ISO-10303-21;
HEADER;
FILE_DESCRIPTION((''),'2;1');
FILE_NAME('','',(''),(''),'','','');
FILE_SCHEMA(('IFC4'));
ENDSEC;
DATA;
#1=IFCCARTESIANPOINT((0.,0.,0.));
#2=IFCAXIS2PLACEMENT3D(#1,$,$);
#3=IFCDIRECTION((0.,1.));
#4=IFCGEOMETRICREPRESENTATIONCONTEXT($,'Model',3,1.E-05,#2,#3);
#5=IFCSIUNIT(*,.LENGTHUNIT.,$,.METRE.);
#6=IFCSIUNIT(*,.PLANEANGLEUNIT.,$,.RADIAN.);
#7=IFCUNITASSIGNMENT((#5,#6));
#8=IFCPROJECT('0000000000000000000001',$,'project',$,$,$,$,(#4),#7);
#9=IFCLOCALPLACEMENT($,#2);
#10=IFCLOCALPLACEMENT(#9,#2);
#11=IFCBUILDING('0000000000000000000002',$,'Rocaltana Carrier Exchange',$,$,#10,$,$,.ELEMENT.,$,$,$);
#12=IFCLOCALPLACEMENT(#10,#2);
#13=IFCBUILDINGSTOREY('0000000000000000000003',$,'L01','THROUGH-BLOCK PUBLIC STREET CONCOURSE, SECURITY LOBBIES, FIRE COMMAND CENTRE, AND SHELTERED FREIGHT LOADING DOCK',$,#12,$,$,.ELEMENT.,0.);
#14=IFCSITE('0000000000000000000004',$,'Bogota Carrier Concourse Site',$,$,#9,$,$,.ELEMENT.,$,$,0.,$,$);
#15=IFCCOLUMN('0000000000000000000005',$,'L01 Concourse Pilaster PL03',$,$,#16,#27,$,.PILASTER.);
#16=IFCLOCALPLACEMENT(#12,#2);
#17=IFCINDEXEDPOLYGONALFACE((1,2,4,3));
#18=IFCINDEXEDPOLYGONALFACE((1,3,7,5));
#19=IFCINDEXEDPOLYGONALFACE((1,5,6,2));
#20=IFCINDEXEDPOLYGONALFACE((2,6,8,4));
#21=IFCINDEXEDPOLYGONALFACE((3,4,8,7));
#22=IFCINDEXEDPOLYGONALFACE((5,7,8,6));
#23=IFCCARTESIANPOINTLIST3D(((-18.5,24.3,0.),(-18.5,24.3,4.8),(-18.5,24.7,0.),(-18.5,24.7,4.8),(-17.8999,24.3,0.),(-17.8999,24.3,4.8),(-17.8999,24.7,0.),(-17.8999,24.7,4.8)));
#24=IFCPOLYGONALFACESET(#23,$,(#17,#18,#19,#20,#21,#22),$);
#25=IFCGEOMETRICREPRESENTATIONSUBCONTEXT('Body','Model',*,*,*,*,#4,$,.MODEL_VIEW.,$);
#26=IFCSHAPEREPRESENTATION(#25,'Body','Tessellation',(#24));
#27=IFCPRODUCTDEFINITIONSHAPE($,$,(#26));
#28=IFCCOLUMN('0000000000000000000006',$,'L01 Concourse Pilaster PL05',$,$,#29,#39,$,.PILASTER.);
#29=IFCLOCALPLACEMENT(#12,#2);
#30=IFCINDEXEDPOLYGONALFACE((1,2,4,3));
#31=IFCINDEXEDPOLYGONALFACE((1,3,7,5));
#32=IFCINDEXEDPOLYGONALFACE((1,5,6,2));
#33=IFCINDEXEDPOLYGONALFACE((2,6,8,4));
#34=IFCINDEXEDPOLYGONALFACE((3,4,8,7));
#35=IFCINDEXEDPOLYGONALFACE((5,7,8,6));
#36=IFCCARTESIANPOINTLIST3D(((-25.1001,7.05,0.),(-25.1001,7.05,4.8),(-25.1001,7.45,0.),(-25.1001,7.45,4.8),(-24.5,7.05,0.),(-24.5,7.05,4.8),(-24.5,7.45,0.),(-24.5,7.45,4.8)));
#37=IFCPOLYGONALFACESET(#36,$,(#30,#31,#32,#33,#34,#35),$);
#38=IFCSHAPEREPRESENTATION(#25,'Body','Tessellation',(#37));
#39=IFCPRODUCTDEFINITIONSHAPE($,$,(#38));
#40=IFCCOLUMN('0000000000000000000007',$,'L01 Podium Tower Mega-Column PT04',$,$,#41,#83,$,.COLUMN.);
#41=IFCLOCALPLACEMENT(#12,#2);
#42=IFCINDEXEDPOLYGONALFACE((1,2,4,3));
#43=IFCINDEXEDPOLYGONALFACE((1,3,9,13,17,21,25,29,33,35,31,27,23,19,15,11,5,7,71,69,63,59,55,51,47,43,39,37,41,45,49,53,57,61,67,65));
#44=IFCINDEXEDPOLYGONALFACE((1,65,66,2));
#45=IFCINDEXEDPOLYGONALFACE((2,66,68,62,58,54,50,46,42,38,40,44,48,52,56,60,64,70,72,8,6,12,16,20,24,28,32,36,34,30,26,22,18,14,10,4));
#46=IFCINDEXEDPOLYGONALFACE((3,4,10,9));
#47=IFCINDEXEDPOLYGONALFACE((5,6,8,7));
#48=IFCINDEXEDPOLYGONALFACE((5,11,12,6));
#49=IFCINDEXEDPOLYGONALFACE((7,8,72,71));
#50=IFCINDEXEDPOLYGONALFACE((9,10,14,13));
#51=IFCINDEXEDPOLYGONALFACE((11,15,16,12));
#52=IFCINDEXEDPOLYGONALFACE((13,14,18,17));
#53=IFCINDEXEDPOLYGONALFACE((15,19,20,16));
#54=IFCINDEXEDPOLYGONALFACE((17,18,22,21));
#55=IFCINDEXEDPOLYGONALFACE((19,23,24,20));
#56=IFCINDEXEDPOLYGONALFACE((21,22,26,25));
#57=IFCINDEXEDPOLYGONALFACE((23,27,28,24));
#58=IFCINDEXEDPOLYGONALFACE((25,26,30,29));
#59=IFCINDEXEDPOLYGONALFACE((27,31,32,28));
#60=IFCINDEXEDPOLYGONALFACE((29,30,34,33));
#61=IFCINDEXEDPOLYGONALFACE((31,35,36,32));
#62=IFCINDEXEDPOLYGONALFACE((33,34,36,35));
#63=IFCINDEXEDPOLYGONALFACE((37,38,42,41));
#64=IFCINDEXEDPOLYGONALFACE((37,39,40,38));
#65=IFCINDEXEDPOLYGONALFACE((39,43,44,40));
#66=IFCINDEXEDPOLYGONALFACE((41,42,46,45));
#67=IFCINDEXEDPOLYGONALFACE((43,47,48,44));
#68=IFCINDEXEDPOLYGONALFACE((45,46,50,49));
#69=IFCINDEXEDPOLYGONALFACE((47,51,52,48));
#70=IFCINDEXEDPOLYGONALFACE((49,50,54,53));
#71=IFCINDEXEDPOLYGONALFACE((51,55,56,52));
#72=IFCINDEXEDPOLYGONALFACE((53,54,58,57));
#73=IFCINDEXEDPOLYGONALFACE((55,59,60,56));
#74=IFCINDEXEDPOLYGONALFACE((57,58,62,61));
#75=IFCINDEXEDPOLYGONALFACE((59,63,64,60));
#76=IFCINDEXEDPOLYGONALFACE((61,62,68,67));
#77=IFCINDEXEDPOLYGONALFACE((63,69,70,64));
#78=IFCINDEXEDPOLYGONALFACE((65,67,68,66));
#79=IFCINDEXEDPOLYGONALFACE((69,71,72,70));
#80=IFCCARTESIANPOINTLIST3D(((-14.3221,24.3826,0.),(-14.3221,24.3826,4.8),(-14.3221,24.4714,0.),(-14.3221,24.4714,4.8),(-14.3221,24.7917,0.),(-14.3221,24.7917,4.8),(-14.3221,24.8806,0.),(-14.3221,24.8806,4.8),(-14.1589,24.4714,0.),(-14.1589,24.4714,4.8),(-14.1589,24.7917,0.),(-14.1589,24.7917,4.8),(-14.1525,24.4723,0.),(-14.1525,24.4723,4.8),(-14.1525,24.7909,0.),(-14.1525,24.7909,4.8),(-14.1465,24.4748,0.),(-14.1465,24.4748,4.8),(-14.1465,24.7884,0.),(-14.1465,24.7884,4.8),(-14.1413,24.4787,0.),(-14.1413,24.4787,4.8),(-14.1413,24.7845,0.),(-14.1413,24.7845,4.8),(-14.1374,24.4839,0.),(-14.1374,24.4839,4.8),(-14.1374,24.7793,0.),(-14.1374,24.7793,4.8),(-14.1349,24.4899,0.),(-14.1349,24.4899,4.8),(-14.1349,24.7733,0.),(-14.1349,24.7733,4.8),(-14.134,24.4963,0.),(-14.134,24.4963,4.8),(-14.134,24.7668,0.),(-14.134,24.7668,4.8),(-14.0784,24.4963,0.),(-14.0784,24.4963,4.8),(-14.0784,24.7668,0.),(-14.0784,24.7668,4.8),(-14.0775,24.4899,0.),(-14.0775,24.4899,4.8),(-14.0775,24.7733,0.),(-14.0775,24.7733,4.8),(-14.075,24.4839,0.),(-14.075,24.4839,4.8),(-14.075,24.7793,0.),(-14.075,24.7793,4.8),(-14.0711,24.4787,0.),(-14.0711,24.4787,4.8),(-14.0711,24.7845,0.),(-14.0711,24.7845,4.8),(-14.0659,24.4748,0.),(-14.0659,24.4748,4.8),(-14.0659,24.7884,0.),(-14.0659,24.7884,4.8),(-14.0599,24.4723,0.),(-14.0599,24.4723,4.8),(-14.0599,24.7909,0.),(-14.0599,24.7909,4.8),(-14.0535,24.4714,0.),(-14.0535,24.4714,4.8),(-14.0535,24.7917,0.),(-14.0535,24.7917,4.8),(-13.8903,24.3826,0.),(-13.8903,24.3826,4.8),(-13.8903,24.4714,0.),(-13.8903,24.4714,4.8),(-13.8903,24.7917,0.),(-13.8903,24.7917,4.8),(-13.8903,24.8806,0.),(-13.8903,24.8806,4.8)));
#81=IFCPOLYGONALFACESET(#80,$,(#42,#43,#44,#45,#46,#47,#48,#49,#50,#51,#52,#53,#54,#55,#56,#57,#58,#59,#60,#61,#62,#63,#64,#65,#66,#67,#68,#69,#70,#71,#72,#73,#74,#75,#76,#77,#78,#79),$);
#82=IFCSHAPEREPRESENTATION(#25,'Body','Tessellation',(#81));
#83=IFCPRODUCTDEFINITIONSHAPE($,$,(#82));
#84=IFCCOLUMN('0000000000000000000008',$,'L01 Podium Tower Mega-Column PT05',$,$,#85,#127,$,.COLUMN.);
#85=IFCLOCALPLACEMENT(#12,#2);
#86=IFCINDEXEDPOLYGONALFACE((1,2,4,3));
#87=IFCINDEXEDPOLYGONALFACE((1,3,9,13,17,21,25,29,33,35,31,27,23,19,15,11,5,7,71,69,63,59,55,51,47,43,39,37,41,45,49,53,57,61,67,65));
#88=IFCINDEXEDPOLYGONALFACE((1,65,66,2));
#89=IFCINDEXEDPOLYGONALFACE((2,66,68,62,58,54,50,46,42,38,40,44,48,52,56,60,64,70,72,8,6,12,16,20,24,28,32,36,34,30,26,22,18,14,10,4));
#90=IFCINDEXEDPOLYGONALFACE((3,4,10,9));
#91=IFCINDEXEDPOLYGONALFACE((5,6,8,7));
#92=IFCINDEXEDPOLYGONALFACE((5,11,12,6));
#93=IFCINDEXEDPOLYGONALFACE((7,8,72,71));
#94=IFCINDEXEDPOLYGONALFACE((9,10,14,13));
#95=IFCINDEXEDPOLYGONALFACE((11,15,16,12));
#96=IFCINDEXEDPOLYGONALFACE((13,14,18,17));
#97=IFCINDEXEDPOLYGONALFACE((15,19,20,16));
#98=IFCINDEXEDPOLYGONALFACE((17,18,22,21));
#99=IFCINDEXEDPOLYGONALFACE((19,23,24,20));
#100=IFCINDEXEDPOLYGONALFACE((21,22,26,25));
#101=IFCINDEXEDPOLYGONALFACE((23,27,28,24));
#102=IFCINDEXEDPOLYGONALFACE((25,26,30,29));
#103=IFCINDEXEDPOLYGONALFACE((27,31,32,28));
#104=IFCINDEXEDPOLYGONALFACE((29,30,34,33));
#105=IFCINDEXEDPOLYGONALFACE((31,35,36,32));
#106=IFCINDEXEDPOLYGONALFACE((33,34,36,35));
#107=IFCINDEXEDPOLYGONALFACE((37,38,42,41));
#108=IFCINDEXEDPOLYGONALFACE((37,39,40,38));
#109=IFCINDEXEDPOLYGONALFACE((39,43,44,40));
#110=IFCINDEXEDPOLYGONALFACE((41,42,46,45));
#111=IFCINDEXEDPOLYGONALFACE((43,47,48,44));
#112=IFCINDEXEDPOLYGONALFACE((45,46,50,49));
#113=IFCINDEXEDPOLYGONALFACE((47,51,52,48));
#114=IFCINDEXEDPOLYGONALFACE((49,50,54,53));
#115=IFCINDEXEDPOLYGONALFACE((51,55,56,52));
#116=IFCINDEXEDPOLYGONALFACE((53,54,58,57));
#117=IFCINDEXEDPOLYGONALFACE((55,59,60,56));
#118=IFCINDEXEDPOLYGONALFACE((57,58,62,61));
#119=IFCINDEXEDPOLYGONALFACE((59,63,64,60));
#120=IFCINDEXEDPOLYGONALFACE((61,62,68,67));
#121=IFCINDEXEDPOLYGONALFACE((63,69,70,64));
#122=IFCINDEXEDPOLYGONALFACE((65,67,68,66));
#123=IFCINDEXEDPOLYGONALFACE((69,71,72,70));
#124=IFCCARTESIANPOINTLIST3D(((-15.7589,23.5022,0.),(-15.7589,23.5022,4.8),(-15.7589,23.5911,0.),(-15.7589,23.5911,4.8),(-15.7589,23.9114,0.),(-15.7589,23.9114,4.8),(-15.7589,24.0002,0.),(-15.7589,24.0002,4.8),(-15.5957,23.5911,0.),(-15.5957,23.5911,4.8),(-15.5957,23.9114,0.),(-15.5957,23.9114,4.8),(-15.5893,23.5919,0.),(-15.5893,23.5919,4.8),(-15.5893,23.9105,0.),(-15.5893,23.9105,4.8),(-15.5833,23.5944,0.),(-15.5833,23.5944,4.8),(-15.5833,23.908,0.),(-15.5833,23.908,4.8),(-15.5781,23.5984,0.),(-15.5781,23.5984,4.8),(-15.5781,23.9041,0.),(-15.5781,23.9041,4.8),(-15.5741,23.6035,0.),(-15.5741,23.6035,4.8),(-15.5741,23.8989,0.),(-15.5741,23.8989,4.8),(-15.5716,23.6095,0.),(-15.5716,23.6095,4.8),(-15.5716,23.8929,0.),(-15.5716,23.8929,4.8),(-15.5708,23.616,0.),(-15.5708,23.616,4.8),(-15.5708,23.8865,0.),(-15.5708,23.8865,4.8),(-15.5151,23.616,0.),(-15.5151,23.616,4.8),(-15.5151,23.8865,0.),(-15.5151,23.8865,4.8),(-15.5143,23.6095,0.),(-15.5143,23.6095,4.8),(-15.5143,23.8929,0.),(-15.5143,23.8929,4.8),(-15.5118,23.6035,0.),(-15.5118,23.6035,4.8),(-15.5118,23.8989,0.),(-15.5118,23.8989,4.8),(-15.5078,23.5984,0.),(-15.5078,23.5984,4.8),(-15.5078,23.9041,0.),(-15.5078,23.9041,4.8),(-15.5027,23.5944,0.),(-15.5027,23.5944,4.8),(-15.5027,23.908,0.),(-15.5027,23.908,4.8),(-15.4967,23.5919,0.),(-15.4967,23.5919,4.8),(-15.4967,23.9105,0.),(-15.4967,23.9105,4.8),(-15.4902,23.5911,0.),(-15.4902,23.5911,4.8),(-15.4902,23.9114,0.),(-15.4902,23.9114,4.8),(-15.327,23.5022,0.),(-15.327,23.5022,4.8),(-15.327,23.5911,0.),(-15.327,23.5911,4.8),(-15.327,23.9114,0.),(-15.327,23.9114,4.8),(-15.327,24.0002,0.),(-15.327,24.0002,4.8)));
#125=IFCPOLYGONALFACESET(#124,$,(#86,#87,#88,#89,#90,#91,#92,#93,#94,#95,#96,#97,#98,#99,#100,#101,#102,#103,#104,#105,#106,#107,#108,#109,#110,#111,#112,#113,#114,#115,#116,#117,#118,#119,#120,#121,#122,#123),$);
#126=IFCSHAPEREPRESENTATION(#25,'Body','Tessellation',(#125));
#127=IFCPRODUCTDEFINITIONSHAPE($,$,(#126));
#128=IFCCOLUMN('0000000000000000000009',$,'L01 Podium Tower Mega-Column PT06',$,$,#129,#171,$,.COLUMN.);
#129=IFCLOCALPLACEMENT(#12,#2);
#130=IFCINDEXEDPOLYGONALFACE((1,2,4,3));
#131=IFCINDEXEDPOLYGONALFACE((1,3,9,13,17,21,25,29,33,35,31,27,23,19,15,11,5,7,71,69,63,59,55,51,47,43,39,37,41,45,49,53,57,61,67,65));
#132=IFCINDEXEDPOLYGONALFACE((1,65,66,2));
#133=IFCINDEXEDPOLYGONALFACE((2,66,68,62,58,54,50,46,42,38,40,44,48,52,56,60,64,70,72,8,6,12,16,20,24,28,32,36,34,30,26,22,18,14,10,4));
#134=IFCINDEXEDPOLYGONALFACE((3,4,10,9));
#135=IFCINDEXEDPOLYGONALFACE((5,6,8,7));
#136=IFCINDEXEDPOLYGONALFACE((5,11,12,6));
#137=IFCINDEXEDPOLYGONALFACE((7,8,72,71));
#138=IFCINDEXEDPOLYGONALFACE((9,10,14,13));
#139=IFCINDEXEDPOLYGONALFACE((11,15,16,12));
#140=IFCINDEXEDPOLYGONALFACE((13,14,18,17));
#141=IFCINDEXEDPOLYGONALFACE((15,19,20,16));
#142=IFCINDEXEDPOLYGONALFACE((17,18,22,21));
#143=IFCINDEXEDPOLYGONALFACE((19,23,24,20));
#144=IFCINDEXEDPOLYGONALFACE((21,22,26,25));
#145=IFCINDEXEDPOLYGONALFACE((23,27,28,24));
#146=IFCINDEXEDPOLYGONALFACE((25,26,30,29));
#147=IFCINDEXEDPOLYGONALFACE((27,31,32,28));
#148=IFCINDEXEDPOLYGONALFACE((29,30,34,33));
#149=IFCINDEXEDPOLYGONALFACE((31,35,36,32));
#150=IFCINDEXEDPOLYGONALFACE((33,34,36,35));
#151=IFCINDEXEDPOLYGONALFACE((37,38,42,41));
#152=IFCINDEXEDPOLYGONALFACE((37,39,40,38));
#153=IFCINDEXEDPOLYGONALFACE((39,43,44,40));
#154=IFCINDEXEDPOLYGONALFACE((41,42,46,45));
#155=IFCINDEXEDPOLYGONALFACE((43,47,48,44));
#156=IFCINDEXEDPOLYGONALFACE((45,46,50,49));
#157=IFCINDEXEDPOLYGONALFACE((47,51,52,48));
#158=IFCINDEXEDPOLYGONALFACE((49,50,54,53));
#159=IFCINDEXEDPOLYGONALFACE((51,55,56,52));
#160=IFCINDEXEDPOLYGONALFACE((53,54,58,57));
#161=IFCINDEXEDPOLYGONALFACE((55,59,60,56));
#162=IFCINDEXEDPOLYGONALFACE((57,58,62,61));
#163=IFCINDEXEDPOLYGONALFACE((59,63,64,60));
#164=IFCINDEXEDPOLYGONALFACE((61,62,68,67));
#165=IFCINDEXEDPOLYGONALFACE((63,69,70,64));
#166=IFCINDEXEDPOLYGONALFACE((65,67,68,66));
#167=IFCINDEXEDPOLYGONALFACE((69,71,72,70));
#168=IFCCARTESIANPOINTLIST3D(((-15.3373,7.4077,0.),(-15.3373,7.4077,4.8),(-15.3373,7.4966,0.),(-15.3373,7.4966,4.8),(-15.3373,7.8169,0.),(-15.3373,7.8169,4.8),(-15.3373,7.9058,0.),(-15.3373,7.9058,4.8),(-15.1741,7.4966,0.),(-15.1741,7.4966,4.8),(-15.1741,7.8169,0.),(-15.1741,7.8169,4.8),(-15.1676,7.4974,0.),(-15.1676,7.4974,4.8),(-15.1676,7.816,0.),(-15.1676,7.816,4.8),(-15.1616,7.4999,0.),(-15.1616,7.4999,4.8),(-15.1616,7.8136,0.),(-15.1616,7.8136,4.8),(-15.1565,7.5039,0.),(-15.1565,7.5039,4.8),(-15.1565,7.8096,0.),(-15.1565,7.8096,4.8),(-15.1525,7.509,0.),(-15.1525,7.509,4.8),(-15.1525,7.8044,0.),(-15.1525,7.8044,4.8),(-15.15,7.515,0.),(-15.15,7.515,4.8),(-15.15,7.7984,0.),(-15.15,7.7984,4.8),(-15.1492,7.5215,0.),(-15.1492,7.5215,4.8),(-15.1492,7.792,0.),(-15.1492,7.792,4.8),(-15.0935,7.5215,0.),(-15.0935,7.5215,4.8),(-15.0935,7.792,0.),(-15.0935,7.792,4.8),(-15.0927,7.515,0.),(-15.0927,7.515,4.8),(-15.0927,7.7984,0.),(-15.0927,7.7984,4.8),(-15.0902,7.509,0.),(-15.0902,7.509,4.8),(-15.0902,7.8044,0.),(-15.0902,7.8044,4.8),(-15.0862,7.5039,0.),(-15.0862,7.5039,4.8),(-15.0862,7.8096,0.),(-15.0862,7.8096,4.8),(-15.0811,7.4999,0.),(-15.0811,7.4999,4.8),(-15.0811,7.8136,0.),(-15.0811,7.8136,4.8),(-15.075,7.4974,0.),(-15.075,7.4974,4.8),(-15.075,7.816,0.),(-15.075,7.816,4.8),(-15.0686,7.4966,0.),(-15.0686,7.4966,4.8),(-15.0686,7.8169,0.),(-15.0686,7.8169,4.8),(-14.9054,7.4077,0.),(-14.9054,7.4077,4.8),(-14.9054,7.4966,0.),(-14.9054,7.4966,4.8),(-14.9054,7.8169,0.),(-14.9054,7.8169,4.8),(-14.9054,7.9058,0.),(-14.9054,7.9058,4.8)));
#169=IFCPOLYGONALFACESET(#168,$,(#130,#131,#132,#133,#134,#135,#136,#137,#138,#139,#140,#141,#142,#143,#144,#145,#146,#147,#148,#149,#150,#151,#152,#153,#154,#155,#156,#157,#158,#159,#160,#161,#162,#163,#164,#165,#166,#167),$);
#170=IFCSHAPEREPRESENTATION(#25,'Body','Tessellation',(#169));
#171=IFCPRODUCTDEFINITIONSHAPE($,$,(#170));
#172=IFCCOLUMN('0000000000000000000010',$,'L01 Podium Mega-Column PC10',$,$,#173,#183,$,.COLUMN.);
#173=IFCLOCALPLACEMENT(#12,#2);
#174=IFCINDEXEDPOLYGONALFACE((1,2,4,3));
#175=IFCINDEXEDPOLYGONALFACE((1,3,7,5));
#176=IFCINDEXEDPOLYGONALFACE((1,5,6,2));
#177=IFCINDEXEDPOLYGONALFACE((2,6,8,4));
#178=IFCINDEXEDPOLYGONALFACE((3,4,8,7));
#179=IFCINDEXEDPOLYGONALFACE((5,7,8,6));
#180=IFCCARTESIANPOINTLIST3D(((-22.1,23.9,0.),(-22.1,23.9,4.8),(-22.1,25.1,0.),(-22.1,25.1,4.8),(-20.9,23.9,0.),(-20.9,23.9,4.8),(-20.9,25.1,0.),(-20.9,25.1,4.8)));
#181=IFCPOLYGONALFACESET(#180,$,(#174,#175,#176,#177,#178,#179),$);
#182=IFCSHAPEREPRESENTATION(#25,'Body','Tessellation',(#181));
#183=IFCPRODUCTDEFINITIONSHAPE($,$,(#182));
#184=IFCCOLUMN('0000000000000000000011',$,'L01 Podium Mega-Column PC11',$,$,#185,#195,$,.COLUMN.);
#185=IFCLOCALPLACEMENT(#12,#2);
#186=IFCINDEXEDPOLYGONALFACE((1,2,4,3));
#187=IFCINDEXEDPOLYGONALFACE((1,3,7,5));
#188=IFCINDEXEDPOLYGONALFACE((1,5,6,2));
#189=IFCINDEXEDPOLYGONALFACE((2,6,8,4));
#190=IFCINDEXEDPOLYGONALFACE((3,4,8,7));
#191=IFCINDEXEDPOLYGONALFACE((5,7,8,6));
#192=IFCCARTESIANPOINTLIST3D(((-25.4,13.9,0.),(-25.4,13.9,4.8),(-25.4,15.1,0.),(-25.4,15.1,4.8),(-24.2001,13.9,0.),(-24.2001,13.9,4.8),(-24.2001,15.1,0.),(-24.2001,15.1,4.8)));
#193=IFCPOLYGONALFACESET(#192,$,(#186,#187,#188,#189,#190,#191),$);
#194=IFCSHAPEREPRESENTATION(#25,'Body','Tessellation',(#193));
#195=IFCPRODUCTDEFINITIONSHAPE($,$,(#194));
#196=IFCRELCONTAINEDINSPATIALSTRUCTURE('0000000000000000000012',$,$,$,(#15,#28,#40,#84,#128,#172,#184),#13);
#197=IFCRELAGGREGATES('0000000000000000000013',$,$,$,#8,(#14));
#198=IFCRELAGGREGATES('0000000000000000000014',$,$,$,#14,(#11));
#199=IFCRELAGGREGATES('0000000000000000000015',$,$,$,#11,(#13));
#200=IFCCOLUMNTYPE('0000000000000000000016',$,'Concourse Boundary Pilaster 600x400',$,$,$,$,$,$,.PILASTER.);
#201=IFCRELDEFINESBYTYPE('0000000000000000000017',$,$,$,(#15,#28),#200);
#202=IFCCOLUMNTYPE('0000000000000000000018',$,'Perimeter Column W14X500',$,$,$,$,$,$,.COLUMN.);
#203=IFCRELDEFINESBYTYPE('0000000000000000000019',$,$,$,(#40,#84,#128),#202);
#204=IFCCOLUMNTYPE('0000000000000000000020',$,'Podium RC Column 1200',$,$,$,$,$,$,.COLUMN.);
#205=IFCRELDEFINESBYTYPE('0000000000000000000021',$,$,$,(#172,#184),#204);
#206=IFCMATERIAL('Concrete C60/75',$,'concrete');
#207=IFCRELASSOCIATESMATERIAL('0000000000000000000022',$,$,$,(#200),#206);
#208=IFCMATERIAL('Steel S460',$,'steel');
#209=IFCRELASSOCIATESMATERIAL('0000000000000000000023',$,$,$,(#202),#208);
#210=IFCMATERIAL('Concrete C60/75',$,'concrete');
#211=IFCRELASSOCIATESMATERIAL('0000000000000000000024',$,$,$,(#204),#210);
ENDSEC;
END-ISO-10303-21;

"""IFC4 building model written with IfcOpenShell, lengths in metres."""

from ifc_helpers import new_model, si_unit, direction, frame, origin, origin_2d, place, context, subcontext, project, spatial, rectangle, i_section, extrude, material, material_profile, profile_set, type_object, element, save


model = new_model("IFC4")

# Units and contexts
model_context = context("Model", 3, precision=1e-05, world=origin(), true_north=direction((0.0, 1.0)))
body_context = subcontext(model_context, "Body", "Model", "MODEL_VIEW")
ifc_project = project(units=[si_unit("LENGTHUNIT", "METRE"), si_unit("PLANEANGLEUNIT", "RADIAN")], contexts=[model_context])

# Site, building, storey
site_placement = place(None, origin())
site = spatial("IfcSite", under=ifc_project, at=site_placement, Name="Bogota Carrier Concourse Site", CompositionType="ELEMENT", RefElevation=0.0)
building_placement = place(site_placement, origin())
building = spatial("IfcBuilding", under=site, at=building_placement, Name="Rocaltana Carrier Exchange", CompositionType="ELEMENT")
storey_placement = place(building_placement, origin())
storey = spatial("IfcBuildingStorey", under=building, at=storey_placement, Name="L01", Description="THROUGH-BLOCK PUBLIC STREET CONCOURSE, SECURITY LOBBIES, FIRE COMMAND CENTRE, AND SHELTERED FREIGHT LOADING DOCK", CompositionType="ELEMENT", Elevation=0.0)

# Columns
ifc_material_1 = material(Name="Concrete C60/75", Category="concrete")
ifc_material_profile_1 = material_profile(ifc_material_1, rectangle(XDim=0.6001, YDim=0.3999, at=origin_2d()), Name="RC-PIL-600X400")
ifc_profile_set_1 = profile_set([ifc_material_profile_1], Name="Concrete C60/75")
column_type_1 = type_object("IfcColumnType", Name="Concourse Boundary Pilaster 600x400", PredefinedType="PILASTER", material=ifc_profile_set_1)
for number, where, z_axis, x_axis, name in (
    (1, (-18.2, 24.5, 0.0), (0.0, 0.0, 1.0), (1.0, 0.0, 0.0), "L01 Concourse Pilaster PL03"),
    (2, (-24.8, 7.25, 0.0), (0.0, 0.0, 1.0), (1.0, 0.0, 0.0), "L01 Concourse Pilaster PL05"),
):
    element("IfcColumn", number, at=place(storey_placement, frame(where, z_axis=z_axis, x_axis=x_axis)), inside=storey, type_object=column_type_1, Name=name, PredefinedType="PILASTER", context=body_context, shape_type="SweptSolid", body=[
        extrude(rectangle(XDim=0.6001, YDim=0.3999, at=origin_2d()), origin(), (0.0, 0.0, 1.0), 4.8),
    ])
ifc_material_2 = material(Name="Steel S460", Category="steel")
ifc_material_profile_2 = material_profile(ifc_material_2, i_section(OverallWidth=0.4319, OverallDepth=0.498, WebThickness=0.0557, FlangeThickness=0.0889, FilletRadius=0.0249, at=origin_2d()), Name="W14X500")
ifc_profile_set_2 = profile_set([ifc_material_profile_2], Name="Steel S460")
column_type_2 = type_object("IfcColumnType", Name="Perimeter Column W14X500", PredefinedType="COLUMN", material=ifc_profile_set_2)
for number, where, z_axis, x_axis, name in (
    (3, (-14.1062, 24.6316, 0.0), (0.0, 0.0, 1.0), (1.0, 0.0, 0.0), "L01 Podium Tower Mega-Column PT04"),
    (4, (-15.543, 23.7512, 0.0), (0.0, 0.0, 1.0), (1.0, 0.0, 0.0), "L01 Podium Tower Mega-Column PT05"),
    (5, (-15.1213, 7.6567, 0.0), (0.0, 0.0, 1.0), (1.0, 0.0, 0.0), "L01 Podium Tower Mega-Column PT06"),
):
    element("IfcColumn", number, at=place(storey_placement, frame(where, z_axis=z_axis, x_axis=x_axis)), inside=storey, type_object=column_type_2, Name=name, PredefinedType="COLUMN", context=body_context, shape_type="SweptSolid", body=[
        extrude(i_section(OverallWidth=0.4319, OverallDepth=0.498, WebThickness=0.0557, FlangeThickness=0.0889, FilletRadius=0.0249, at=origin_2d()), origin(), (0.0, 0.0, 1.0), 4.8),
    ])
ifc_material_3 = material(Name="Concrete C60/75", Category="concrete")
ifc_material_profile_3 = material_profile(ifc_material_3, rectangle(XDim=1.2, YDim=1.2, at=origin_2d()), Name="RC-COL-1200X1200")
ifc_profile_set_3 = profile_set([ifc_material_profile_3], Name="Concrete C60/75")
column_type_3 = type_object("IfcColumnType", Name="Podium RC Column 1200", PredefinedType="COLUMN", material=ifc_profile_set_3)
for number, where, z_axis, x_axis, name in (
    (6, (-21.5, 24.5, 0.0), (0.0, 0.0, 1.0), (1.0, 0.0, 0.0), "L01 Podium Mega-Column PC10"),
    (7, (-24.8, 14.5, 0.0), (0.0, 0.0, 1.0), (1.0, 0.0, 0.0), "L01 Podium Mega-Column PC11"),
):
    element("IfcColumn", number, at=place(storey_placement, frame(where, z_axis=z_axis, x_axis=x_axis)), inside=storey, type_object=column_type_3, Name=name, PredefinedType="COLUMN", context=body_context, shape_type="SweptSolid", body=[
        extrude(rectangle(XDim=1.2, YDim=1.2, at=origin_2d()), origin(), (0.0, 0.0, 1.0), 4.8),
    ])

save(model, "model.ifc")
